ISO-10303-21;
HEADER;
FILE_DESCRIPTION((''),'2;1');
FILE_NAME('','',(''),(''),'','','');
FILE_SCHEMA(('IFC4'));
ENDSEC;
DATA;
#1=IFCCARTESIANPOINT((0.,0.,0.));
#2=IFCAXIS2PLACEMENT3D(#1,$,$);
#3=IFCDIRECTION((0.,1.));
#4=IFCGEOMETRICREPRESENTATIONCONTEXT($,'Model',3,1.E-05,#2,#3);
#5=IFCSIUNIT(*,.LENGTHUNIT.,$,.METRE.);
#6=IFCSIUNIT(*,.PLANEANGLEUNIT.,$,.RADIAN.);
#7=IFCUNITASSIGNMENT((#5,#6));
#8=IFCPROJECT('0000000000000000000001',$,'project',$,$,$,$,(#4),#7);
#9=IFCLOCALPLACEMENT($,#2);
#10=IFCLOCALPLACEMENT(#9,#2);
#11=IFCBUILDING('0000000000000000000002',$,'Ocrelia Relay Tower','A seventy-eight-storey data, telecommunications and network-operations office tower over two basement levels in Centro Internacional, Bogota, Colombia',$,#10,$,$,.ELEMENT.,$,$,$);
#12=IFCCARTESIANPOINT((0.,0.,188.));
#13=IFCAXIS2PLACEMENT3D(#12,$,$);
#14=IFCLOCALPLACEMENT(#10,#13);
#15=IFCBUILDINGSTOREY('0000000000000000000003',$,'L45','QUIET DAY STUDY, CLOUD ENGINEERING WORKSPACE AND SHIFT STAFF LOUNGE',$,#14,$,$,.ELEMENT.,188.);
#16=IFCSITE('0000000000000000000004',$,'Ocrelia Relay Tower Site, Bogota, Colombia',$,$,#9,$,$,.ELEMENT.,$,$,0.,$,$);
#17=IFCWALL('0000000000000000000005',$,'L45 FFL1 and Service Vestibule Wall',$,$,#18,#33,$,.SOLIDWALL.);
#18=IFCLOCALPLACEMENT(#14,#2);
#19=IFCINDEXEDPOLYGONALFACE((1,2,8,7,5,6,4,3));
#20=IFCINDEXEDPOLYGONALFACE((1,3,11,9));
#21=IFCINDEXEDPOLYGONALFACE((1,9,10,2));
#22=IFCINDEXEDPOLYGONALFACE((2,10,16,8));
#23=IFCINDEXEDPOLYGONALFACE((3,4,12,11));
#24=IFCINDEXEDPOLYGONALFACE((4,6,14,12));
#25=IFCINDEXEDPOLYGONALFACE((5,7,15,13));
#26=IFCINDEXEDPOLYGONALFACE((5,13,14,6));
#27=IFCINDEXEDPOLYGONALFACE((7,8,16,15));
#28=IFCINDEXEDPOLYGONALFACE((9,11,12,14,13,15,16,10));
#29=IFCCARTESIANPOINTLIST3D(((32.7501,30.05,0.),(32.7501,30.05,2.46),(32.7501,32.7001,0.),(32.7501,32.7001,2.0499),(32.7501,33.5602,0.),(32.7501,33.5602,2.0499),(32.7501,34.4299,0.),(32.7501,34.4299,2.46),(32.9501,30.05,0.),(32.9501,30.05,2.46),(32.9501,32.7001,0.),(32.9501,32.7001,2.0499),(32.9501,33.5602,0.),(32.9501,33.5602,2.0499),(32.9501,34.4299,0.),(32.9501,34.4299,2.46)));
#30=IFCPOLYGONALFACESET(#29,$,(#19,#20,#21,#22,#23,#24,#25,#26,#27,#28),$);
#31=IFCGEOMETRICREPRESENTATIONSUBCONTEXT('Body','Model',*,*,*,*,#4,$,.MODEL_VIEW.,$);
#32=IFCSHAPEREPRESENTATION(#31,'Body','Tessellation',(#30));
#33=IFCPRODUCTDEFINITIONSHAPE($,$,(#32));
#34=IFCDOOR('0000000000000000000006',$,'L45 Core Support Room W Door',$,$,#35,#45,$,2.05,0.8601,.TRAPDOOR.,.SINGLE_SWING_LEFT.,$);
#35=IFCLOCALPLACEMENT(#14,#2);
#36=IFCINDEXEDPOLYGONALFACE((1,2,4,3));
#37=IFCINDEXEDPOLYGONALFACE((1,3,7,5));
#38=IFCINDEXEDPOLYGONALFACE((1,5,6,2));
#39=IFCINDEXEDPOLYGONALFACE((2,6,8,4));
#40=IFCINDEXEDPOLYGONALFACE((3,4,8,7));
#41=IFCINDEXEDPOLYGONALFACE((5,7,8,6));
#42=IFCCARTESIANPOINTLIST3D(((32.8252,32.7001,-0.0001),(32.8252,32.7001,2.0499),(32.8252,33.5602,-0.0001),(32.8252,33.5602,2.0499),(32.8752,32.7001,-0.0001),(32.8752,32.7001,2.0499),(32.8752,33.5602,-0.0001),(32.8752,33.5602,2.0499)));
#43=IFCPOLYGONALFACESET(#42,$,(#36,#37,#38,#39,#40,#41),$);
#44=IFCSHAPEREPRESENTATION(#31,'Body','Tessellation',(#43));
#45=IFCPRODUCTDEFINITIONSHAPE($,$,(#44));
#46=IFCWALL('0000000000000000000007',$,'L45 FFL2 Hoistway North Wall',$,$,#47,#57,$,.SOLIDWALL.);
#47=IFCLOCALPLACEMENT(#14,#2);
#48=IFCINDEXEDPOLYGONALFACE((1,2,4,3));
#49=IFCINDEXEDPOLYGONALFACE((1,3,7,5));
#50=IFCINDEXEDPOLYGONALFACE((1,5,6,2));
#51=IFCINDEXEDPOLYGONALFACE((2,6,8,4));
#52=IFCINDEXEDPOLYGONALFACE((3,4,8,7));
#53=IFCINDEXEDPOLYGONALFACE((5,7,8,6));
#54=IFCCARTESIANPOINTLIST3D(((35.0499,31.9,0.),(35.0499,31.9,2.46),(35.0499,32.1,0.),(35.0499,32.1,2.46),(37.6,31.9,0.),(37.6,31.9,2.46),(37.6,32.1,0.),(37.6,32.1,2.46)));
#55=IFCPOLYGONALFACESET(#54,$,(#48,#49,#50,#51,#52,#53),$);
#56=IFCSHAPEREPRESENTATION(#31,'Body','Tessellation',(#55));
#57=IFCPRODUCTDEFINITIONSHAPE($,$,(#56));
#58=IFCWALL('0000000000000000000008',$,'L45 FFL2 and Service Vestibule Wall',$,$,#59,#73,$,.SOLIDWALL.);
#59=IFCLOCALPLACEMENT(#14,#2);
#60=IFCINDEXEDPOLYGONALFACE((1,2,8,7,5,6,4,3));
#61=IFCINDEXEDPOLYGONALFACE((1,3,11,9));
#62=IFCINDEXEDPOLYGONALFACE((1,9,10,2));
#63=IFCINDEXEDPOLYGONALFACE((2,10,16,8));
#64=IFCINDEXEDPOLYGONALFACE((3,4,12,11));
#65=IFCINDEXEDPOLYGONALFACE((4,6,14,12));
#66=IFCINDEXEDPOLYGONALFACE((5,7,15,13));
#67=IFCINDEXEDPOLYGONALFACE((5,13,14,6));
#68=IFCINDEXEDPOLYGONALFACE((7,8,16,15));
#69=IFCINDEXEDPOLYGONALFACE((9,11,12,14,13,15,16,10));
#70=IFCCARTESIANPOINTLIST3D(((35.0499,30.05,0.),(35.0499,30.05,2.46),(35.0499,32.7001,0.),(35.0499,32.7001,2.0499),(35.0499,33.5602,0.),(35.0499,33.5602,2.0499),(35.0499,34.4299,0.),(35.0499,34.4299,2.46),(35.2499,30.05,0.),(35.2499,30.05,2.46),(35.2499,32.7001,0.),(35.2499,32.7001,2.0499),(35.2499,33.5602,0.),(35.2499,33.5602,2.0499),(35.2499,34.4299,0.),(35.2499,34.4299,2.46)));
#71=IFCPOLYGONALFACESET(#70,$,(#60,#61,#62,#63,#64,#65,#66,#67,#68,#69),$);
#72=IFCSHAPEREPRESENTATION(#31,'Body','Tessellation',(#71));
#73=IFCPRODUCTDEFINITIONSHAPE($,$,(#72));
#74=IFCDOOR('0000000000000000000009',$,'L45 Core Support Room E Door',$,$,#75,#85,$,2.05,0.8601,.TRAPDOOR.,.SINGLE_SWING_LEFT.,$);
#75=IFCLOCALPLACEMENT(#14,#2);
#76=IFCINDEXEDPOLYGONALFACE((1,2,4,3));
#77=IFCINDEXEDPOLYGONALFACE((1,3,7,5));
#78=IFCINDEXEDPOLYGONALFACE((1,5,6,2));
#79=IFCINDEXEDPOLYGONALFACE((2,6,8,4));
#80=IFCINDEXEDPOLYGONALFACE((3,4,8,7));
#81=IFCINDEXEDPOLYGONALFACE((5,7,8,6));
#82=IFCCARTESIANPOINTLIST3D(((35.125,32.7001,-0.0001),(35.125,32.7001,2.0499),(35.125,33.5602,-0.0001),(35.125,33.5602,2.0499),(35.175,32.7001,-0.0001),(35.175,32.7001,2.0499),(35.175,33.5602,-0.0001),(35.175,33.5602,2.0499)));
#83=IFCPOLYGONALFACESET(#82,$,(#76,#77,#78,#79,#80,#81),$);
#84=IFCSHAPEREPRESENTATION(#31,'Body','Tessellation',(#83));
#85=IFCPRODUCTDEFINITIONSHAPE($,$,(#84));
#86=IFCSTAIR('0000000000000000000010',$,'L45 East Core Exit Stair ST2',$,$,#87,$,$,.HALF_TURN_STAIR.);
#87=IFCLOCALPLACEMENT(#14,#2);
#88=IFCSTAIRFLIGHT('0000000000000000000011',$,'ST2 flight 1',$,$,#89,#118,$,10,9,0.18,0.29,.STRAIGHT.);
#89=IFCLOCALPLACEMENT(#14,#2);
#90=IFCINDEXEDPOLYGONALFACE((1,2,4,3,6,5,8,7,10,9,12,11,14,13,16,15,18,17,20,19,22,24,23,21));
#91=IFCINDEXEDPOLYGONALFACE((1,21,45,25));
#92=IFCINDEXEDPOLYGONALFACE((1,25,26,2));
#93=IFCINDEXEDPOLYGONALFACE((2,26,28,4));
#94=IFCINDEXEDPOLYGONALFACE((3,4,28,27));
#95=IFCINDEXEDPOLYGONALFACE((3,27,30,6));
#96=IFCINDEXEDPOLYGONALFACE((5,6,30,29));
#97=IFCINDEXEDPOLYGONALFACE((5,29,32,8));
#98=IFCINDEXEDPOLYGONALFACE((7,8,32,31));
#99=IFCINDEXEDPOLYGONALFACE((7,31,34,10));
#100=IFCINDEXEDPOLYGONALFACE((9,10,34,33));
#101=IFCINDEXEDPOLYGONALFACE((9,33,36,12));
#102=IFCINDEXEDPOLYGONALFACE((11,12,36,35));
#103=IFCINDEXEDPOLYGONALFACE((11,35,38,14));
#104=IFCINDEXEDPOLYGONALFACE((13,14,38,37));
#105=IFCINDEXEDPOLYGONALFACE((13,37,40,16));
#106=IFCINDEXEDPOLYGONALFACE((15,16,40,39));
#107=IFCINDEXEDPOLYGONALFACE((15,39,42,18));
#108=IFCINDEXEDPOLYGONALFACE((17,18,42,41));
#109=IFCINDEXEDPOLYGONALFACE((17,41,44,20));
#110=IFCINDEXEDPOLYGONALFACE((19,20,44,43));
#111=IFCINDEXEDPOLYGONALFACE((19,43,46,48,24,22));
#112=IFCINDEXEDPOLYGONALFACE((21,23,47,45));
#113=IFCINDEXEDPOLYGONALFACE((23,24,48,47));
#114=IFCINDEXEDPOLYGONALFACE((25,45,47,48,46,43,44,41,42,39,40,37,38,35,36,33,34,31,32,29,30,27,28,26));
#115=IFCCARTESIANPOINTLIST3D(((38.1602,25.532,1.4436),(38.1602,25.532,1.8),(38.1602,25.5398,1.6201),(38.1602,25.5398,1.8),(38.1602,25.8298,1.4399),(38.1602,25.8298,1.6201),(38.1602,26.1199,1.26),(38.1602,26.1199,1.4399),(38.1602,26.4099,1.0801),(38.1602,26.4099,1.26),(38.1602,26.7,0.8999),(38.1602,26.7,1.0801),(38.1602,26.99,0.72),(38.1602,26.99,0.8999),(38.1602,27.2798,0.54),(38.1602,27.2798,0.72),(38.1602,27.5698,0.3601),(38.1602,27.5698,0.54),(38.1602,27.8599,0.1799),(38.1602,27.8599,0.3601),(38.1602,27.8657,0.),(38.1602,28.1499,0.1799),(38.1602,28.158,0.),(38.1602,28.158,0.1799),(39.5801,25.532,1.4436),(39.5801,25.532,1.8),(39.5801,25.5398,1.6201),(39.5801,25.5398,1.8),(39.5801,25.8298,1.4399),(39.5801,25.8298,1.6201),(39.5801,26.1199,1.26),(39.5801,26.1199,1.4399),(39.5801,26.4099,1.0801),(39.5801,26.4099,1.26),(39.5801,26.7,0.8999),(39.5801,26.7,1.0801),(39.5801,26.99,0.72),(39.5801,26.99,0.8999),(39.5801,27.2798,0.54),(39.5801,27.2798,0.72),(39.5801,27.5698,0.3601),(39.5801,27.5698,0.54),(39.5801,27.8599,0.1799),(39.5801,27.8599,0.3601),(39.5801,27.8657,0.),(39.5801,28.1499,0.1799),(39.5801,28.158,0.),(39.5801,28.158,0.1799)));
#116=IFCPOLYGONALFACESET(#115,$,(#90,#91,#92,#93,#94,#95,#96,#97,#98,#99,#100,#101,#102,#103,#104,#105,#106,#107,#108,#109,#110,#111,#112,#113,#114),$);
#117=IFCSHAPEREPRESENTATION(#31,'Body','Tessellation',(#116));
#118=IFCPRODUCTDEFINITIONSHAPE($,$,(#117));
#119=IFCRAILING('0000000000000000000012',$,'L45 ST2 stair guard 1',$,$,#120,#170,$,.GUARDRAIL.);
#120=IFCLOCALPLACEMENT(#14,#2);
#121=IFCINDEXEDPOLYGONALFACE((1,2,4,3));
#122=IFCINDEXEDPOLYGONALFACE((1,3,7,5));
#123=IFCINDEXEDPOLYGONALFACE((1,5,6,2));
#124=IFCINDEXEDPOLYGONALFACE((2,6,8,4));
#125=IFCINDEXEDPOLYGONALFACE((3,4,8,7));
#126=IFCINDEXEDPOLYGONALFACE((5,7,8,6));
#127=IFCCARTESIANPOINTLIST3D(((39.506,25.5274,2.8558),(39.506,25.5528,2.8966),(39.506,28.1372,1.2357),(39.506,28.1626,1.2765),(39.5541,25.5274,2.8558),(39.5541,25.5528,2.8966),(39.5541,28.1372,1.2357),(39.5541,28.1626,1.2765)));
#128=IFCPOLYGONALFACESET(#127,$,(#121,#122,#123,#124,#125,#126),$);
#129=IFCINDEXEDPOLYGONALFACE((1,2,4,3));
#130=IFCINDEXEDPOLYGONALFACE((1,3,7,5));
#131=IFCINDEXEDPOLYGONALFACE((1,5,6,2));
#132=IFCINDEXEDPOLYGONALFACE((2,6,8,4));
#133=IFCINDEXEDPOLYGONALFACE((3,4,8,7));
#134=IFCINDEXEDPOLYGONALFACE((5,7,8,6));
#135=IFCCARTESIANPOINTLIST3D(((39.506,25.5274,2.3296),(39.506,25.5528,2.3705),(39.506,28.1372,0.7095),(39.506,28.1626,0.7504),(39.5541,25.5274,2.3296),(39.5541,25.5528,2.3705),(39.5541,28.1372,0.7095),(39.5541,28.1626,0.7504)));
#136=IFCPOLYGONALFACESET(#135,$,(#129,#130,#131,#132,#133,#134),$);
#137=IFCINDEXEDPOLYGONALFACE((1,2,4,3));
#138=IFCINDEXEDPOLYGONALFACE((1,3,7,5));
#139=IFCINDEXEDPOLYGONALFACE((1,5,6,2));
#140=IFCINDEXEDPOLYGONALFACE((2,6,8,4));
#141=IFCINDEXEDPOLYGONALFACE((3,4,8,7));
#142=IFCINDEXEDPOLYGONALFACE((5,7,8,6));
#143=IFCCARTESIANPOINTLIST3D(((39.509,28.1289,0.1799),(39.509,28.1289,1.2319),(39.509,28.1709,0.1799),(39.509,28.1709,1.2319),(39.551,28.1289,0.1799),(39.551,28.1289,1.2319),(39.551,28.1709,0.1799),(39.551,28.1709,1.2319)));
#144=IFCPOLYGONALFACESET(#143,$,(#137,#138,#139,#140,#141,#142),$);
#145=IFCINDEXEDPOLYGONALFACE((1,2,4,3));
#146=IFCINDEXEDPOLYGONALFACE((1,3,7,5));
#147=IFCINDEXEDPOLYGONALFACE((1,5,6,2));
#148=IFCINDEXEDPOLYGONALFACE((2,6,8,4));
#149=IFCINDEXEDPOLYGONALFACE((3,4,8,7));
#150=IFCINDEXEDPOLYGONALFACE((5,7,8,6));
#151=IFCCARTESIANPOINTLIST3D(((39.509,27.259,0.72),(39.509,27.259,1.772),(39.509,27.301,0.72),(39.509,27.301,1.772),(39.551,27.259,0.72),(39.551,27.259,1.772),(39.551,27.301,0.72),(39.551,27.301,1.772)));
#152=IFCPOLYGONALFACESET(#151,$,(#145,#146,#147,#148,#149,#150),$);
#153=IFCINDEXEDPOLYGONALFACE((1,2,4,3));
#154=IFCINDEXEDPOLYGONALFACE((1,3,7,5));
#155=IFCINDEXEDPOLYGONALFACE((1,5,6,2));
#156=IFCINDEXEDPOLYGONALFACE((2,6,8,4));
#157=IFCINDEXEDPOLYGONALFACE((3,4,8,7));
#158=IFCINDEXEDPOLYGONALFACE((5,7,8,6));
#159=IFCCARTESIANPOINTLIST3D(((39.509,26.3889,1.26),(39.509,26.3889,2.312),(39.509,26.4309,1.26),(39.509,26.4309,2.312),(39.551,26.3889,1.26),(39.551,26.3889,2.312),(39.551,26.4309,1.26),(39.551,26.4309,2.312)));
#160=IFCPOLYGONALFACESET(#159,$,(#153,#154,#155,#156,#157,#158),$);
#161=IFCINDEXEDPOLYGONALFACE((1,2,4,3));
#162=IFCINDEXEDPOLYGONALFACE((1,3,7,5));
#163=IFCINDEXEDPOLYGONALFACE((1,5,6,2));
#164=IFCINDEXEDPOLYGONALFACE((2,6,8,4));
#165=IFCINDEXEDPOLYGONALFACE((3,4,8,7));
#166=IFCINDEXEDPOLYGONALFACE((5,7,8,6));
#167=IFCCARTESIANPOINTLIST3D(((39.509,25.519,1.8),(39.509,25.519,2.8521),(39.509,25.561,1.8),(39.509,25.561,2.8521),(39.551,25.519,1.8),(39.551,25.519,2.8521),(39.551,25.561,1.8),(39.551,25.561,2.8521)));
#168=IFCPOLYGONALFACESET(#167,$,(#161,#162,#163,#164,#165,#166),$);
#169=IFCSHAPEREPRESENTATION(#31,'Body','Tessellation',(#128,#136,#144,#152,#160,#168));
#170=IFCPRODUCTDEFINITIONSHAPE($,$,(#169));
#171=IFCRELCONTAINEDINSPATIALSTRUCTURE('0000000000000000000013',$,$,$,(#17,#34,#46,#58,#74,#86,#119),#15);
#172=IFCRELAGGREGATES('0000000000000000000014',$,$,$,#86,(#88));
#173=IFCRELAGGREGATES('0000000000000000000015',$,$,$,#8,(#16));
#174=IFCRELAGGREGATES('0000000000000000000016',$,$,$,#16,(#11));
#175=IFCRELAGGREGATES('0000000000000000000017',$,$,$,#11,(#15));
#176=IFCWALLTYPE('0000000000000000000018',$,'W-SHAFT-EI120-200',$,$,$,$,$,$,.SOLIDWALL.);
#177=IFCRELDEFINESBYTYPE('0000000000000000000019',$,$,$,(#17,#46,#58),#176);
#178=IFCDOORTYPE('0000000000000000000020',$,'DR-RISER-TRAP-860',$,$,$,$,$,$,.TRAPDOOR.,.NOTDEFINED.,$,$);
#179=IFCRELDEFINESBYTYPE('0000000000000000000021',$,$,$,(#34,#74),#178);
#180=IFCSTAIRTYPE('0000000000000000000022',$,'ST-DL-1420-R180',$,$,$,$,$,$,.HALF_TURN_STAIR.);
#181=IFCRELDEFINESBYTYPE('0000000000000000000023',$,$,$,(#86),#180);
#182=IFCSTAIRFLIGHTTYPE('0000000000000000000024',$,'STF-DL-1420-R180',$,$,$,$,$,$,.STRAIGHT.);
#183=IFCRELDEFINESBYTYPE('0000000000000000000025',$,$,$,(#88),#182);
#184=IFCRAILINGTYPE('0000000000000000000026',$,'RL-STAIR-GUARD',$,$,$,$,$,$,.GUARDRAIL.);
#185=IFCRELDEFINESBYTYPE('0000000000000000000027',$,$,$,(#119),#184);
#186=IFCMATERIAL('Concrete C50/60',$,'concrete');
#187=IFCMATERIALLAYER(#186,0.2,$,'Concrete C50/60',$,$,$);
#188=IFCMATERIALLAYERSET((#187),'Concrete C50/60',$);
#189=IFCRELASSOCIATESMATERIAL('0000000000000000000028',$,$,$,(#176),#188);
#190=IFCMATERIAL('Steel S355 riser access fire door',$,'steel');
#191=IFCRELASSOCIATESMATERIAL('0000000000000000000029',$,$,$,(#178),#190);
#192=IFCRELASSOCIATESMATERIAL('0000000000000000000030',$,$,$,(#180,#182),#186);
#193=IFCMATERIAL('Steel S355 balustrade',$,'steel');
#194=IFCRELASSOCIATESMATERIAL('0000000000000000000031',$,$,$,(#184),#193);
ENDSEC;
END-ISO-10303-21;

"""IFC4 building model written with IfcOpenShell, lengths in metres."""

from ifc_helpers import new_model, si_unit, direction, frame, frame_2d, origin, origin_2d, place, context, subcontext, project, spatial, polyline, rectangle, outline, extrude, material, layer, layer_set, type_object, element, fill, aggregate, save


model = new_model("IFC4")

# Units and contexts
model_context = context("Model", 3, precision=1e-05, world=origin(), true_north=direction((0.0, 1.0)))
body_context = subcontext(model_context, "Body", "Model", "MODEL_VIEW")
ifc_project = project(units=[si_unit("LENGTHUNIT", "METRE"), si_unit("PLANEANGLEUNIT", "RADIAN")], contexts=[model_context])

# Site, building, storey
site_placement = place(None, origin())
site = spatial("IfcSite", under=ifc_project, at=site_placement, Name="Ocrelia Relay Tower Site, Bogota, Colombia", CompositionType="ELEMENT", RefElevation=0.0)
building_placement = place(site_placement, origin())
building = spatial("IfcBuilding", under=site, at=building_placement, Name="Ocrelia Relay Tower", Description="A seventy-eight-storey data, telecommunications and network-operations office tower over two basement levels in Centro Internacional, Bogota, Colombia", CompositionType="ELEMENT")
storey_placement = place(building_placement, frame((0.0, 0.0, 188.0)))
storey = spatial("IfcBuildingStorey", under=building, at=storey_placement, Name="L45", Description="QUIET DAY STUDY, CLOUD ENGINEERING WORKSPACE AND SHIFT STAFF LOUNGE", CompositionType="ELEMENT", Elevation=188.0)

# Shared definitions
ifc_material_1 = material(Name="Concrete C50/60", Category="concrete")

# Shared definitions
ifc_layer_1 = layer(ifc_material_1, 0.2, Name="Concrete C50/60")
ifc_layer_set_1 = layer_set([ifc_layer_1], Name="Concrete C50/60")
wall_type_1 = type_object("IfcWallType", Name="W-SHAFT-EI120-200", PredefinedType="SOLIDWALL", material=ifc_layer_set_1)

# Wall, opening, door
wall_1_placement = place(storey_placement, frame((32.8501, 30.05, 0.0), z_axis=(0.0, 0.0, 1.0), x_axis=(0.0, 1.0, 0.0)))
wall_1 = element("IfcWall", 1, at=wall_1_placement, inside=storey, type_object=wall_type_1, Name="L45 FFL1 and Service Vestibule Wall", PredefinedType="SOLIDWALL", context=body_context, shape_type="SweptSolid", body=[
    extrude(rectangle(XDim=4.3799, YDim=0.2, at=frame_2d((2.1899, 0.0))), origin(), (0.0, 0.0, 1.0), 2.46),
])
opening_1_placement = place(wall_1_placement, frame((2.6499, 0.0, 0.0)))
opening_1 = element("IfcOpeningElement", 2, at=opening_1_placement, cuts=wall_1, PredefinedType="OPENING", context=body_context, shape_type="SweptSolid", body=[
    extrude(rectangle(XDim=0.8601, YDim=2.05, at=frame_2d((0.4302, 1.0249))), frame((0.0, 0.1099, 0.0), z_axis=(0.0, -1.0, 0.0), x_axis=(1.0, 0.0, 0.0)), (0.0, 0.0, 1.0), 0.22),
])
ifc_material_2 = material(Name="Steel S355 riser access fire door", Category="steel")
door_type_1 = type_object("IfcDoorType", Name="DR-RISER-TRAP-860", OperationType="NOTDEFINED", PredefinedType="TRAPDOOR", material=ifc_material_2)
door_1_placement = place(opening_1_placement, origin())
door_1 = element("IfcDoor", 3, at=door_1_placement, inside=storey, type_object=door_type_1, Name="L45 Core Support Room W Door", OperationType="SINGLE_SWING_LEFT", OverallHeight=2.05, OverallWidth=0.8601, PredefinedType="TRAPDOOR", context=body_context, shape_type="SweptSolid", body=[
    extrude(rectangle(XDim=0.8601, YDim=2.05, at=frame_2d((0.4302, 1.0249))), frame((0.0, 0.0249, 0.0), z_axis=(0.0, -1.0, 0.0), x_axis=(1.0, 0.0, 0.0)), (0.0, 0.0, 1.0), 0.05),
])
fill(opening_1, door_1)

# Wall
wall_2_placement = place(storey_placement, frame((35.05, 32.0, 0.0), z_axis=(0.0, 0.0, 1.0), x_axis=(1.0, 0.0, 0.0)))
element("IfcWall", 4, at=wall_2_placement, inside=storey, type_object=wall_type_1, Name="L45 FFL2 Hoistway North Wall", PredefinedType="SOLIDWALL", context=body_context, shape_type="SweptSolid", body=[
    extrude(rectangle(XDim=2.55, YDim=0.2, at=frame_2d((1.2749, 0.0))), origin(), (0.0, 0.0, 1.0), 2.46),
])

# Wall, opening, door
wall_3_placement = place(storey_placement, frame((35.1499, 30.05, 0.0), z_axis=(0.0, 0.0, 1.0), x_axis=(0.0, 1.0, 0.0)))
wall_3 = element("IfcWall", 5, at=wall_3_placement, inside=storey, type_object=wall_type_1, Name="L45 FFL2 and Service Vestibule Wall", PredefinedType="SOLIDWALL", context=body_context, shape_type="SweptSolid", body=[
    extrude(rectangle(XDim=4.3799, YDim=0.2, at=frame_2d((2.1899, 0.0))), origin(), (0.0, 0.0, 1.0), 2.46),
])
opening_2_placement = place(wall_3_placement, frame((2.6499, 0.0, 0.0)))
opening_2 = element("IfcOpeningElement", 6, at=opening_2_placement, cuts=wall_3, PredefinedType="OPENING", context=body_context, shape_type="SweptSolid", body=[
    extrude(rectangle(XDim=0.8601, YDim=2.05, at=frame_2d((0.4302, 1.0249))), frame((0.0, 0.1099, 0.0), z_axis=(0.0, -1.0, 0.0), x_axis=(1.0, 0.0, 0.0)), (0.0, 0.0, 1.0), 0.22),
])
door_2_placement = place(opening_2_placement, origin())
door_2 = element("IfcDoor", 7, at=door_2_placement, inside=storey, type_object=door_type_1, Name="L45 Core Support Room E Door", OperationType="SINGLE_SWING_LEFT", OverallHeight=2.05, OverallWidth=0.8601, PredefinedType="TRAPDOOR", context=body_context, shape_type="SweptSolid", body=[
    extrude(rectangle(XDim=0.8601, YDim=2.05, at=frame_2d((0.4302, 1.0249))), frame((0.0, 0.0249, 0.0), z_axis=(0.0, -1.0, 0.0), x_axis=(1.0, 0.0, 0.0)), (0.0, 0.0, 1.0), 0.05),
])
fill(opening_2, door_2)

# Stair, stair flight
stair_type = type_object("IfcStairType", Name="ST-DL-1420-R180", PredefinedType="HALF_TURN_STAIR", material=ifc_material_1)
stair_placement = place(storey_placement, origin())
stair = element("IfcStair", 8, at=stair_placement, inside=storey, type_object=stair_type, Name="L45 East Core Exit Stair ST2", PredefinedType="HALF_TURN_STAIR")
stair_flight_type = type_object("IfcStairFlightType", Name="STF-DL-1420-R180", PredefinedType="STRAIGHT", material=ifc_material_1)
stair_flight_placement = place(storey_placement, frame((38.8701, 28.1499, 0.0), z_axis=(0.0, 0.0, 1.0), x_axis=(0.0, -1.0, 0.0)))
stair_flight = element("IfcStairFlight", 9, at=stair_flight_placement, type_object=stair_flight_type, Name="ST2 flight 1", NumberOfRisers=10, NumberOfTreads=9, PredefinedType="STRAIGHT", RiserHeight=0.18, TreadLength=0.29, context=body_context, shape_type="SweptSolid", body=[
    extrude(outline(polyline([(-0.0081, 0.0), (-0.0081, 0.1799), (0.0, 0.1799), (0.29, 0.1799), (0.29, 0.3601), (0.5801, 0.3601), (0.5801, 0.54), (0.8701, 0.54), (0.8701, 0.72), (1.1599, 0.72), (1.1599, 0.8999), (1.45, 0.8999), (1.45, 1.0801), (1.74, 1.0801), (1.74, 1.26), (2.03, 1.26), (2.03, 1.4399), (2.3201, 1.4399), (2.3201, 1.6201), (2.6101, 1.6201), (2.6101, 1.8), (2.6179, 1.8), (2.6179, 1.4436), (0.2842, 0.0), (-0.0081, 0.0)])), frame((0.0, 0.71, 0.0), z_axis=(0.0, -1.0, 0.0), x_axis=(1.0, 0.0, 0.0)), (0.0, 0.0, 1.0), 1.4199),
])
aggregate(stair, [stair_flight])

# Railing
ifc_material_3 = material(Name="Steel S355 balustrade", Category="steel")
railing_type_1 = type_object("IfcRailingType", Name="RL-STAIR-GUARD", PredefinedType="GUARDRAIL", material=ifc_material_3)
railing_1_placement = place(storey_placement, frame((39.53, 28.1499, 0.1799)))
element("IfcRailing", 10, at=railing_1_placement, inside=storey, type_object=railing_type_1, Name="L45 ST2 stair guard 1", PredefinedType="GUARDRAIL", context=body_context, shape_type="SweptSolid", body=[
    extrude(rectangle(XDim=0.0481, YDim=0.0481, at=origin_2d()), frame((0.0, 0.0, 1.0762), z_axis=(0.0, -0.849611, 0.52741), x_axis=(1.0, 0.0, 0.0)), (0.0, 0.0, 1.0), 3.0718),
    extrude(rectangle(XDim=0.0481, YDim=0.0481, at=origin_2d()), frame((0.0, 0.0, 0.55), z_axis=(0.0, -0.849611, 0.52741), x_axis=(1.0, 0.0, 0.0)), (0.0, 0.0, 1.0), 3.0718),
    extrude(rectangle(XDim=0.042, YDim=0.042, at=origin_2d()), origin(), (0.0, 0.0, 1.0), 1.052),
    extrude(rectangle(XDim=0.042, YDim=0.042, at=origin_2d()), frame((0.0, -0.8699, 0.54)), (0.0, 0.0, 1.0), 1.052),
    extrude(rectangle(XDim=0.042, YDim=0.042, at=origin_2d()), frame((0.0, -1.74, 1.0801)), (0.0, 0.0, 1.0), 1.052),
    extrude(rectangle(XDim=0.042, YDim=0.042, at=origin_2d()), frame((0.0, -2.6099, 1.6201)), (0.0, 0.0, 1.0), 1.052),
])

save(model, "model.ifc")
